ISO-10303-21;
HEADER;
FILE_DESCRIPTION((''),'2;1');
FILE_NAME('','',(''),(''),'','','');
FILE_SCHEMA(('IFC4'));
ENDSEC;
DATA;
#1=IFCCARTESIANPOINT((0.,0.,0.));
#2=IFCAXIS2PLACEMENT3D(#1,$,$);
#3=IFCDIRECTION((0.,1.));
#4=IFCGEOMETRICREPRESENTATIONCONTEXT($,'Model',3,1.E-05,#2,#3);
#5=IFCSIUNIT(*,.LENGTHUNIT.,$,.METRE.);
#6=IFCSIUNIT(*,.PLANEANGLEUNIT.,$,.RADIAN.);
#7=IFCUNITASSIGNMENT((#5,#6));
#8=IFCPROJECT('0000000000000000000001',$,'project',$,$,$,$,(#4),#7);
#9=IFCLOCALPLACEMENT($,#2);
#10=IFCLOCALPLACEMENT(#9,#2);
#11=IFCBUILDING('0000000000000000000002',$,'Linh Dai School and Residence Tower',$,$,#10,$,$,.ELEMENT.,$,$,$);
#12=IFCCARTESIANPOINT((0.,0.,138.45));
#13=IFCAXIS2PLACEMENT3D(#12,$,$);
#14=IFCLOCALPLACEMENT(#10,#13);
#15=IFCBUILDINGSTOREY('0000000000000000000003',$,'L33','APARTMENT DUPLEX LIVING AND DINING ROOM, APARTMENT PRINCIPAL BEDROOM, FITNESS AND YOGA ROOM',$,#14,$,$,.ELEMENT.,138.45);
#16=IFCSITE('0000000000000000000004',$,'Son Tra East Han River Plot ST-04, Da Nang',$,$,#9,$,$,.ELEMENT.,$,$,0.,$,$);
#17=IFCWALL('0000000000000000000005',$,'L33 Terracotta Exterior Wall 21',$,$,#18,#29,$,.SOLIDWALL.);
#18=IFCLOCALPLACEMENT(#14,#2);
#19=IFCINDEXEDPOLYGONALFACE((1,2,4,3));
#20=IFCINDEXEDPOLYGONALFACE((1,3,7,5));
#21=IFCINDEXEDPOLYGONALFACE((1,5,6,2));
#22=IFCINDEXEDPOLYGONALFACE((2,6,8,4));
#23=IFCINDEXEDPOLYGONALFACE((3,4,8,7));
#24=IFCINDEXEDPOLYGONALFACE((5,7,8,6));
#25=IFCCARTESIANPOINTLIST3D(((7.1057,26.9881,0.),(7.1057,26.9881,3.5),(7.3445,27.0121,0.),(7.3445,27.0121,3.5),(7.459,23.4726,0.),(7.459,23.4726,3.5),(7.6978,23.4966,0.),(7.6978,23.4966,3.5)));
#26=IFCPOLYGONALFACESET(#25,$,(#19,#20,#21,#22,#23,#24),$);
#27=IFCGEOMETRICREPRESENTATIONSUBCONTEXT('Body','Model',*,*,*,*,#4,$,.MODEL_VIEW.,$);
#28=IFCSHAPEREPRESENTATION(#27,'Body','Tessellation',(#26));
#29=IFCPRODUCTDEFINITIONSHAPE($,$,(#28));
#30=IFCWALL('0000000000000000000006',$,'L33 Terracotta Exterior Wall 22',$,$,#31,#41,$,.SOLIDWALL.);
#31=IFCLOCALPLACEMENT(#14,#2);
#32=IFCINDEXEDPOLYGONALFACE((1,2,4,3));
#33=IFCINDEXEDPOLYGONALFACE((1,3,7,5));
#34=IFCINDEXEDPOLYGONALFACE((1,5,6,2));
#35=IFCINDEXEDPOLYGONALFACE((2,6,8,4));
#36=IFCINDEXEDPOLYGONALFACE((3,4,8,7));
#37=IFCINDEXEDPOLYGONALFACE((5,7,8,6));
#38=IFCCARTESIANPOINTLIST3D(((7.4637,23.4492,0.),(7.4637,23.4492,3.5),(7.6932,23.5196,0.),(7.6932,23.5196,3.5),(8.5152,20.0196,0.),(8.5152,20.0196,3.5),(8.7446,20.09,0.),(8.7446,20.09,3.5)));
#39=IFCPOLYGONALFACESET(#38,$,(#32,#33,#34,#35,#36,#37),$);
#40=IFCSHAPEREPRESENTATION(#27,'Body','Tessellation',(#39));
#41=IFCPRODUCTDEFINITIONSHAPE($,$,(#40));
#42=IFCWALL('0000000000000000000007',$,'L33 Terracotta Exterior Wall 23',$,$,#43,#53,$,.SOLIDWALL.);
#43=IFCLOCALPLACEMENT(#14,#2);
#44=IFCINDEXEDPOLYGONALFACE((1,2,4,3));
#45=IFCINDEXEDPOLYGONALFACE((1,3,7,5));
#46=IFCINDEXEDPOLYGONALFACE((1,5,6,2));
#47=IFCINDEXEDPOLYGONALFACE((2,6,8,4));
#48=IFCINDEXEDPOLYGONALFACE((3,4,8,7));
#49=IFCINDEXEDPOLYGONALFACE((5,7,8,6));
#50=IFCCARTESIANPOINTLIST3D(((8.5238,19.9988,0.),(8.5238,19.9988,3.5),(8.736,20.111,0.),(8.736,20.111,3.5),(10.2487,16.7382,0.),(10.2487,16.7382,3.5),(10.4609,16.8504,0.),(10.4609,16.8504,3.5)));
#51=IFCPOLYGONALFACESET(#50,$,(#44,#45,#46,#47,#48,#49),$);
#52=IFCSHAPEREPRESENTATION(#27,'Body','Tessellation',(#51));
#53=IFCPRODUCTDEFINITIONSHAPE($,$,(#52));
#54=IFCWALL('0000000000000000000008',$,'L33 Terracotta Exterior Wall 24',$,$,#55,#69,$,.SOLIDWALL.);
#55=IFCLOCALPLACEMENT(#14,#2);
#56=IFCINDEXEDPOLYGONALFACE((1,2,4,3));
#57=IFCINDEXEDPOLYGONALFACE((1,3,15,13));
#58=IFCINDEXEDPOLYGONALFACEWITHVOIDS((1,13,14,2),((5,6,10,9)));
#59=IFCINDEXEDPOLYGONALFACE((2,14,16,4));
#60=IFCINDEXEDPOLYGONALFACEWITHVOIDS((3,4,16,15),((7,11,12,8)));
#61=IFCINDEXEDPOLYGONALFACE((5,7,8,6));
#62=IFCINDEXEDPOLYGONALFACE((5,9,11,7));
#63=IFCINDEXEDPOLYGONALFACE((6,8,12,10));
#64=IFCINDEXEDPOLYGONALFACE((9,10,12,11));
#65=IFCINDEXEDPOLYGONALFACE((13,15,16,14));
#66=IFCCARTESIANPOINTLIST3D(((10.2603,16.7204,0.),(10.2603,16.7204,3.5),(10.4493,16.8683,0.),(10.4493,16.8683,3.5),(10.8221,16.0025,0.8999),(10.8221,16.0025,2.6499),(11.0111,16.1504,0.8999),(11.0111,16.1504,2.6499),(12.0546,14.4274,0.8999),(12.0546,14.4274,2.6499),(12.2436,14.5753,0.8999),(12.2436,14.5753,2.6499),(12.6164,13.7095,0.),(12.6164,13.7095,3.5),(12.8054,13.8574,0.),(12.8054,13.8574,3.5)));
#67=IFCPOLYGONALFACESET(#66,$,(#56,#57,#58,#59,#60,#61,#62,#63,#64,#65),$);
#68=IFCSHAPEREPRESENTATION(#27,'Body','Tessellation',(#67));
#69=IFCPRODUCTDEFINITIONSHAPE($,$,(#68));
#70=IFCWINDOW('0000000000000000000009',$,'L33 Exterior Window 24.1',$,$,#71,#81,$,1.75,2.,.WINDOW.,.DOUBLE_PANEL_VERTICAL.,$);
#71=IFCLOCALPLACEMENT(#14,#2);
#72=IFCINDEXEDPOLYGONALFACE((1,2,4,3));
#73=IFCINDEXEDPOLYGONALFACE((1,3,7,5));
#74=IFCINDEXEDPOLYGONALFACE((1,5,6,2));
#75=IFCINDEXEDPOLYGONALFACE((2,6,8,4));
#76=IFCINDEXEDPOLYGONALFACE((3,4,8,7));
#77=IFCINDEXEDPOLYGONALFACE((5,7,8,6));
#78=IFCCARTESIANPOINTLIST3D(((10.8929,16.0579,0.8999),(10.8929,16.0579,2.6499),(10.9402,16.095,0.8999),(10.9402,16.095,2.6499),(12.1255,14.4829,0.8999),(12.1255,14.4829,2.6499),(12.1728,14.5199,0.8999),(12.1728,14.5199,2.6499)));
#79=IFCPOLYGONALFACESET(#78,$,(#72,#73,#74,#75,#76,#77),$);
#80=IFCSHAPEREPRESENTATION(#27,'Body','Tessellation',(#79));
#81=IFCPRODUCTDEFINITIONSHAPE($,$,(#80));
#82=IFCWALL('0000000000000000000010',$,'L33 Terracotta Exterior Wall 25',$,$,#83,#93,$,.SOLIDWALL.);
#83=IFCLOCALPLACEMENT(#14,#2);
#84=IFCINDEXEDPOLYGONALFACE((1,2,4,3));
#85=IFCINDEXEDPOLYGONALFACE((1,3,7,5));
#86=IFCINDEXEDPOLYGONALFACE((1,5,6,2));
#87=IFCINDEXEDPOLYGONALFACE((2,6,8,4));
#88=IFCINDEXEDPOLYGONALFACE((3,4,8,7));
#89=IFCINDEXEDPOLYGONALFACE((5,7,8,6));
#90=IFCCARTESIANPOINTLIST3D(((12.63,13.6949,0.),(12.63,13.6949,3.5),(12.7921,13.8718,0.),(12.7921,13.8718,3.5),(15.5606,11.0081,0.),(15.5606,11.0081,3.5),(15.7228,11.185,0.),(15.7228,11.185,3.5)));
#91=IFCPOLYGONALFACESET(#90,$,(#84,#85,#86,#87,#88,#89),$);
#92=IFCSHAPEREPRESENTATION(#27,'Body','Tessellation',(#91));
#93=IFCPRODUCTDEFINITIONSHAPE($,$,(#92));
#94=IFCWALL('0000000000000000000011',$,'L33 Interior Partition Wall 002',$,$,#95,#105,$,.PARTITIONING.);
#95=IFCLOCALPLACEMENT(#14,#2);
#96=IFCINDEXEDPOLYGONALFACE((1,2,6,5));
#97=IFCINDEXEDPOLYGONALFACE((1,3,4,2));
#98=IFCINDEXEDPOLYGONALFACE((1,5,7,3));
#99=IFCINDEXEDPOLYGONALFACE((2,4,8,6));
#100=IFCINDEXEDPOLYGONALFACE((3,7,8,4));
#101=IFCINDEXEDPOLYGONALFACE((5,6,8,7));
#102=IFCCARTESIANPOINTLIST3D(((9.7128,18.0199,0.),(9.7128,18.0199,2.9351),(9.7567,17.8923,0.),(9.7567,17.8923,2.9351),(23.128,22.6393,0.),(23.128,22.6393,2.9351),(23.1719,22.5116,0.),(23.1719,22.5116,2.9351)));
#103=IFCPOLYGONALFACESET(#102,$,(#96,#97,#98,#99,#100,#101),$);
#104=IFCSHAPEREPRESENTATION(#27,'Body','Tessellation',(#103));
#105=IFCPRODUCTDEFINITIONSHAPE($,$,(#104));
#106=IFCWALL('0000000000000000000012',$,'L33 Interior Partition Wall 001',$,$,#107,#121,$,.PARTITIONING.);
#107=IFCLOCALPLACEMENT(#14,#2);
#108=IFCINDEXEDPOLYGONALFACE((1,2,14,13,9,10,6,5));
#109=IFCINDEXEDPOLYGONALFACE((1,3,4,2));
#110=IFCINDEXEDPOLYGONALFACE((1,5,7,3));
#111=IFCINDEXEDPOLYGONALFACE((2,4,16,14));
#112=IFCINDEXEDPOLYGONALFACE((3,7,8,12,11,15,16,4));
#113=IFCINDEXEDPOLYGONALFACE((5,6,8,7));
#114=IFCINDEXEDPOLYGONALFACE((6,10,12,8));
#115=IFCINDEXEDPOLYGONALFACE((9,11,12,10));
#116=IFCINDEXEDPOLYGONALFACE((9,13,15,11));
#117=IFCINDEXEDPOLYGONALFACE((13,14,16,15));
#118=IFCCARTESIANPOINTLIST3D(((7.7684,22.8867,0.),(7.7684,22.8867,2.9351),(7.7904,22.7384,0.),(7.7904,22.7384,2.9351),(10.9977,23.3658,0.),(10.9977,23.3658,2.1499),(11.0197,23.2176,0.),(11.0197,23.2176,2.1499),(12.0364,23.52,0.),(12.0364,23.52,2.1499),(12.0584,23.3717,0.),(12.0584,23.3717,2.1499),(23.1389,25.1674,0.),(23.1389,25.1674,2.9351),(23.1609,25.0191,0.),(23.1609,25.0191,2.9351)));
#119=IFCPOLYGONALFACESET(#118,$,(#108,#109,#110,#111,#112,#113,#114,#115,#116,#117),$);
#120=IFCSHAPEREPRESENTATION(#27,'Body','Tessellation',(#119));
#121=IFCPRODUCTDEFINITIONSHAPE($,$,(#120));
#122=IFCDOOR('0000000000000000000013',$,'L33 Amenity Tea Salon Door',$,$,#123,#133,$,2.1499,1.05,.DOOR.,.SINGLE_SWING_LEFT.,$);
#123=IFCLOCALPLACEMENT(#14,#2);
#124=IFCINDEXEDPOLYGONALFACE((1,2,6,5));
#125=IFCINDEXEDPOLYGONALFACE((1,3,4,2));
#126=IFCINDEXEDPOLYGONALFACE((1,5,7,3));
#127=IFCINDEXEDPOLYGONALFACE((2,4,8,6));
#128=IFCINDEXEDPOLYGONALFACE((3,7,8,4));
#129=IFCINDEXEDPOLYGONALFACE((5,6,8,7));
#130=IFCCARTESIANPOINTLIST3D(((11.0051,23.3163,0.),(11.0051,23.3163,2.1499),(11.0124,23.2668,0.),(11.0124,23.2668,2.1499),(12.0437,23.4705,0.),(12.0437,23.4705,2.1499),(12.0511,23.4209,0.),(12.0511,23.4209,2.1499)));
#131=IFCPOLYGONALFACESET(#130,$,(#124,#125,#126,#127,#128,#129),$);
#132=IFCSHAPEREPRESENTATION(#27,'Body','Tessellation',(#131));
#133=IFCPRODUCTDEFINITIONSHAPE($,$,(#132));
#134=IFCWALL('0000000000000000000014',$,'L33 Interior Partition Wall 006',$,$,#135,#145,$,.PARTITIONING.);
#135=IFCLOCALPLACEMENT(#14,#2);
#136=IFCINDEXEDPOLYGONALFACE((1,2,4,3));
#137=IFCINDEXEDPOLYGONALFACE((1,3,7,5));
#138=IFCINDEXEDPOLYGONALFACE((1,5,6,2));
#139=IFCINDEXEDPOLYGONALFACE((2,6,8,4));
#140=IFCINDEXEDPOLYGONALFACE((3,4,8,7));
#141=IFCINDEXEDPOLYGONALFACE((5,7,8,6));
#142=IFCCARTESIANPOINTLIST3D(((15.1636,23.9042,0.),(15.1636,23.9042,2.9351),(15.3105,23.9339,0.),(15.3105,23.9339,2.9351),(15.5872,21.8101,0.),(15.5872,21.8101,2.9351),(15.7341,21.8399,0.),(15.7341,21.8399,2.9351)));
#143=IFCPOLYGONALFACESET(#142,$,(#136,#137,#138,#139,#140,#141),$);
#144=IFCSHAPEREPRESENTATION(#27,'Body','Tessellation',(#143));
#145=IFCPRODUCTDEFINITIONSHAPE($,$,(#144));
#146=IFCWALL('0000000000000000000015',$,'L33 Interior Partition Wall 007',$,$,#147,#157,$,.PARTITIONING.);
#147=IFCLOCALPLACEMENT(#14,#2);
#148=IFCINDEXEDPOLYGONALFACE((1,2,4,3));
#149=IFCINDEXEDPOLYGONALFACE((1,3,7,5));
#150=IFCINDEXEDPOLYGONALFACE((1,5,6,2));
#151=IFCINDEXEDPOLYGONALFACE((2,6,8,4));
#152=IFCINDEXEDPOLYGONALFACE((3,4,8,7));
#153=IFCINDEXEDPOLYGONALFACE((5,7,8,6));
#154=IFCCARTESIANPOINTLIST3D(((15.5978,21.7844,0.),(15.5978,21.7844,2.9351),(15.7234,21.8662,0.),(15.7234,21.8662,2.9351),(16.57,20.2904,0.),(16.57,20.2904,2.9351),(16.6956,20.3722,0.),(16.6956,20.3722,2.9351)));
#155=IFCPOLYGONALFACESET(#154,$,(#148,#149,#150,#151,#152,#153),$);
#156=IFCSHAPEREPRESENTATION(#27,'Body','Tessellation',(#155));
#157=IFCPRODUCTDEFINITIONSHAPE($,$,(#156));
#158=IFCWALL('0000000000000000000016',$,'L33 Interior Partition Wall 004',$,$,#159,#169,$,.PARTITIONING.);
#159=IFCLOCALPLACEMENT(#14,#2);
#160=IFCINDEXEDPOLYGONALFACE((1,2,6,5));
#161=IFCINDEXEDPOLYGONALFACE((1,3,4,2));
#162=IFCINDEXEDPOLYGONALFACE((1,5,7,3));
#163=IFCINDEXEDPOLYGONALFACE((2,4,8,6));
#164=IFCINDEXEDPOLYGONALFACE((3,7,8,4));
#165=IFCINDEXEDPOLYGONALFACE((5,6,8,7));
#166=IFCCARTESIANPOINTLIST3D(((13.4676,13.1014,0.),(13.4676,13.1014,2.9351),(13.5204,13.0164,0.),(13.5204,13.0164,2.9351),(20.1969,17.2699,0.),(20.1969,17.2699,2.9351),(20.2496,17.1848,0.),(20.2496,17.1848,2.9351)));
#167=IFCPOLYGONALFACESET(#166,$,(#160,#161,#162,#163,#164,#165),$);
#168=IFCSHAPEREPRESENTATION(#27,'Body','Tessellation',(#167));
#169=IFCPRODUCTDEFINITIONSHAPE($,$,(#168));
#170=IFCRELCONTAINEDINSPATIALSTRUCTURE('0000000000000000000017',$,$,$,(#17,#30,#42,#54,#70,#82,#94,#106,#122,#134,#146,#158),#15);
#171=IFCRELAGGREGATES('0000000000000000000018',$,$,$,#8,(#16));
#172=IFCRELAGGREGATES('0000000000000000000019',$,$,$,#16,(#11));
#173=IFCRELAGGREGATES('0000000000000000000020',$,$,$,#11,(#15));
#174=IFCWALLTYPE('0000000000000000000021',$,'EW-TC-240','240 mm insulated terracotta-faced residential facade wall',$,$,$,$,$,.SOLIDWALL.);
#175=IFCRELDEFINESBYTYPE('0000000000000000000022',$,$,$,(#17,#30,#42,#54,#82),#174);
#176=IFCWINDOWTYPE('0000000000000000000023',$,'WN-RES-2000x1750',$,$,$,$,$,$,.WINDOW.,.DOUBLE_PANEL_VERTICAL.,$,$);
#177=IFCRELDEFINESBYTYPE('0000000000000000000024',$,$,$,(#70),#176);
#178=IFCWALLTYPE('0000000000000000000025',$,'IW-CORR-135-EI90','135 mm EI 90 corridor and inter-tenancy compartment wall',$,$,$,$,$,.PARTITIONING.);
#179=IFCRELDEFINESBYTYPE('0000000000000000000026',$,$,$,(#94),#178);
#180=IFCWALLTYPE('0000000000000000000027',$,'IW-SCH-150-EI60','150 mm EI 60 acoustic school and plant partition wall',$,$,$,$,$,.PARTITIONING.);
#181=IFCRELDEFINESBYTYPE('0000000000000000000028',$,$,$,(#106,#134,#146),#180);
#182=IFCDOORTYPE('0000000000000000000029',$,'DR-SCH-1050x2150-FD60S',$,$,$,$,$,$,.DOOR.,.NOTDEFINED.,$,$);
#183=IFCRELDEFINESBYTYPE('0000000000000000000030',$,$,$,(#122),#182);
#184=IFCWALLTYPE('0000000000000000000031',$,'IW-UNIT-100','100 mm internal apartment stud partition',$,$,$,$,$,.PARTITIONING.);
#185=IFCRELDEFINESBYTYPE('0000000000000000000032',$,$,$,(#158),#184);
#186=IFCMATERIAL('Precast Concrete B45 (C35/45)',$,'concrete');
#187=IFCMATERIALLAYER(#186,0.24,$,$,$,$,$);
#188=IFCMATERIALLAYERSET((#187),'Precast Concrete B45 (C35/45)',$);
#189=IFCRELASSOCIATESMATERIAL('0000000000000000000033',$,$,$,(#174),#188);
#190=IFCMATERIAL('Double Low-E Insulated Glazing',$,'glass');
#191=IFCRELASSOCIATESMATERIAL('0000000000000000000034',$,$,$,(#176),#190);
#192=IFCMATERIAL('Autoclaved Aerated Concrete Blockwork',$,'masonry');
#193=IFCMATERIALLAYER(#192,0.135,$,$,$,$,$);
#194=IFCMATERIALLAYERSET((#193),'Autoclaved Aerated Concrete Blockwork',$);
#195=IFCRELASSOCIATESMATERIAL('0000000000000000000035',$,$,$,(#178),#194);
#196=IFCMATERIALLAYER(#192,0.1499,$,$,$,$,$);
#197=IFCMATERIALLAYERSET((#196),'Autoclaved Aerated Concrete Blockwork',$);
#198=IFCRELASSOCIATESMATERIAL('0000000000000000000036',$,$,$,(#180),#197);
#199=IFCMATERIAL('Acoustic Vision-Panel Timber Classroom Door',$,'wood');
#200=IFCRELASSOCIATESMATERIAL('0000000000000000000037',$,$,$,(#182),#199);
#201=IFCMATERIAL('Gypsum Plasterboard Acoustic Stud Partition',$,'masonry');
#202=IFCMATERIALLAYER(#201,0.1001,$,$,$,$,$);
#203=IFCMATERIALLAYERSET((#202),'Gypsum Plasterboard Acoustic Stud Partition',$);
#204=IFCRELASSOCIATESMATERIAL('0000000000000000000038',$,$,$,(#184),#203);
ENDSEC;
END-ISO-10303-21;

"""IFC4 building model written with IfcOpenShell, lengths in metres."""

from ifc_helpers import new_model, si_unit, direction, frame, frame_2d, origin, origin_2d, place, context, subcontext, project, spatial, rectangle, extrude, source, transform, mapped, material, layer, layer_set, type_object, element, fill, save


model = new_model("IFC4")

# Units and contexts
model_context = context("Model", 3, precision=1e-05, world=origin(), true_north=direction((0.0, 1.0)))
body_context = subcontext(model_context, "Body", "Model", "MODEL_VIEW")
ifc_project = project(units=[si_unit("LENGTHUNIT", "METRE"), si_unit("PLANEANGLEUNIT", "RADIAN")], contexts=[model_context])

# Site, building, storey
site_placement = place(None, origin())
site = spatial("IfcSite", under=ifc_project, at=site_placement, Name="Son Tra East Han River Plot ST-04, Da Nang", CompositionType="ELEMENT", RefElevation=0.0)
building_placement = place(site_placement, origin())
building = spatial("IfcBuilding", under=site, at=building_placement, Name="Linh Dai School and Residence Tower", CompositionType="ELEMENT")
storey_placement = place(building_placement, frame((0.0, 0.0, 138.45)))
storey = spatial("IfcBuildingStorey", under=building, at=storey_placement, Name="L33", Description="APARTMENT DUPLEX LIVING AND DINING ROOM, APARTMENT PRINCIPAL BEDROOM, FITNESS AND YOGA ROOM", CompositionType="ELEMENT", Elevation=138.45)

# Shared definitions
ifc_material_1 = material(Name="Precast Concrete B45 (C35/45)", Category="concrete")

# Walls
ifc_layer_1 = layer(ifc_material_1, 0.24)
ifc_layer_set_1 = layer_set([ifc_layer_1], Name="Precast Concrete B45 (C35/45)")
wall_type_1 = type_object("IfcWallType", Name="EW-TC-240", Description="240 mm insulated terracotta-faced residential facade wall", PredefinedType="SOLIDWALL", material=ifc_layer_set_1)
wall_1_placement = place(storey_placement, frame((7.5784, 23.4846, 0.0), z_axis=(0.0, 0.0, 1.0), x_axis=(-0.099989, 0.994988, 0.0)))
element("IfcWall", 1, at=wall_1_placement, inside=storey, type_object=wall_type_1, Name="L33 Terracotta Exterior Wall 21", PredefinedType="SOLIDWALL", context=body_context, shape_type="SweptSolid", body=[
    extrude(rectangle(XDim=3.5332, YDim=0.24, at=frame_2d((1.7666, 0.0))), origin(), (0.0, 0.0, 1.0), 3.5),
])
wall_2_placement = place(storey_placement, frame((8.6299, 20.0549, 0.0), z_axis=(0.0, 0.0, 1.0), x_axis=(-0.293124, 0.956074, 0.0)))
element("IfcWall", 2, at=wall_2_placement, inside=storey, type_object=wall_type_1, Name="L33 Terracotta Exterior Wall 22", PredefinedType="SOLIDWALL", context=body_context, shape_type="SweptSolid", body=[
    extrude(rectangle(XDim=3.5872, YDim=0.24, at=frame_2d((1.7935, 0.0))), origin(), (0.0, 0.0, 1.0), 3.5),
])
wall_3_placement = place(storey_placement, frame((10.3547, 16.7944, 0.0), z_axis=(0.0, 0.0, 1.0), x_axis=(-0.467614, 0.883933, 0.0)))
element("IfcWall", 3, at=wall_3_placement, inside=storey, type_object=wall_type_1, Name="L33 Terracotta Exterior Wall 23", PredefinedType="SOLIDWALL", context=body_context, shape_type="SweptSolid", body=[
    extrude(rectangle(XDim=3.6887, YDim=0.24, at=frame_2d((1.8442, 0.0))), origin(), (0.0, 0.0, 1.0), 3.5),
])

# Wall, opening, window
wall_4_placement = place(storey_placement, frame((12.7109, 13.7834, 0.0), z_axis=(0.0, 0.0, 1.0), x_axis=(-0.616272, 0.787533, 0.0)))
wall_4 = element("IfcWall", 4, at=wall_4_placement, inside=storey, type_object=wall_type_1, Name="L33 Terracotta Exterior Wall 24", PredefinedType="SOLIDWALL", context=body_context, shape_type="SweptSolid", body=[
    extrude(rectangle(XDim=3.8232, YDim=0.24, at=frame_2d((1.9116, 0.0))), origin(), (0.0, 0.0, 1.0), 3.5),
])
opening_1_placement = place(wall_4_placement, frame((0.9116, 0.0, 0.8999)))
opening_1 = element("IfcOpeningElement", 5, at=opening_1_placement, cuts=wall_4, PredefinedType="OPENING", context=body_context, shape_type="SweptSolid", body=[
    extrude(rectangle(XDim=2.0, YDim=1.75, at=origin_2d()), frame((1.0, 0.1299, 0.875), z_axis=(0.0, -1.0, 0.0), x_axis=(1.0, 0.0, 0.0)), (0.0, 0.0, 1.0), 0.26),
])
ifc_material_2 = material(Name="Double Low-E Insulated Glazing", Category="glass")
window_type = type_object("IfcWindowType", Name="WN-RES-2000x1750", PartitioningType="DOUBLE_PANEL_VERTICAL", PredefinedType="WINDOW", material=ifc_material_2)
shared_shape_1 = source(origin(), body_context, "Body", "SweptSolid", [
    extrude(rectangle(XDim=2.0, YDim=1.75, at=origin_2d()), frame((1.0, 0.03, 0.875), z_axis=(0.0, -1.0, 0.0), x_axis=(1.0, 0.0, 0.0)), (0.0, 0.0, 1.0), 0.0601),
])
window_placement = place(opening_1_placement, origin())
window = element("IfcWindow", 6, at=window_placement, inside=storey, type_object=window_type, Name="L33 Exterior Window 24.1", OverallHeight=1.75, OverallWidth=2.0, PartitioningType="DOUBLE_PANEL_VERTICAL", PredefinedType="WINDOW", context=body_context, shape_type="MappedRepresentation", body=[
    mapped(shared_shape_1, transform((0.0, 0.0, 0.0), x_axis=(1.0, 0.0, 0.0), y_axis=(0.0, 1.0, 0.0), z_axis=(0.0, 0.0, 1.0), scale=1.0)),
])
fill(opening_1, window)

# Walls
wall_5_placement = place(storey_placement, frame((15.6416, 11.0967, 0.0), z_axis=(0.0, 0.0, 1.0), x_axis=(-0.737113, 0.675769, 0.0)))
element("IfcWall", 7, at=wall_5_placement, inside=storey, type_object=wall_type_1, Name="L33 Terracotta Exterior Wall 25", PredefinedType="SOLIDWALL", context=body_context, shape_type="SweptSolid", body=[
    extrude(rectangle(XDim=3.9758, YDim=0.24, at=frame_2d((1.9878, 0.0))), origin(), (0.0, 0.0, 1.0), 3.5),
])
ifc_material_3 = material(Name="Autoclaved Aerated Concrete Blockwork", Category="masonry")
ifc_layer_2 = layer(ifc_material_3, 0.135)
ifc_layer_set_2 = layer_set([ifc_layer_2], Name="Autoclaved Aerated Concrete Blockwork")
wall_type_2 = type_object("IfcWallType", Name="IW-CORR-135-EI90", Description="135 mm EI 90 corridor and inter-tenancy compartment wall", PredefinedType="PARTITIONING", material=ifc_layer_set_2)
wall_6_placement = place(storey_placement, frame((9.7346, 17.9561, 0.0), z_axis=(0.0, 0.0, 1.0), x_axis=(0.945516, 0.325576, 0.0)))
element("IfcWall", 8, at=wall_6_placement, inside=storey, type_object=wall_type_2, Name="L33 Interior Partition Wall 002", PredefinedType="PARTITIONING", context=body_context, shape_type="SweptSolid", body=[
    extrude(rectangle(XDim=14.1882, YDim=0.135, at=frame_2d((7.0942, 0.0))), origin(), (0.0, 0.0, 1.0), 2.9351),
])

# Wall, opening, door
ifc_layer_3 = layer(ifc_material_3, 0.1499)
ifc_layer_set_3 = layer_set([ifc_layer_3], Name="Autoclaved Aerated Concrete Blockwork")
wall_type_3 = type_object("IfcWallType", Name="IW-SCH-150-EI60", Description="150 mm EI 60 acoustic school and plant partition wall", PredefinedType="PARTITIONING", material=ifc_layer_set_3)
wall_7_placement = place(storey_placement, frame((7.7793, 22.8125, 0.0), z_axis=(0.0, 0.0, 1.0), x_axis=(0.98917, 0.146778, 0.0)))
wall_7 = element("IfcWall", 9, at=wall_7_placement, inside=storey, type_object=wall_type_3, Name="L33 Interior Partition Wall 001", PredefinedType="PARTITIONING", context=body_context, shape_type="SweptSolid", body=[
    extrude(rectangle(XDim=15.5388, YDim=0.1499, at=frame_2d((7.7695, 0.0))), origin(), (0.0, 0.0, 1.0), 2.9351),
])
opening_2_placement = place(wall_7_placement, frame((3.2649, 0.0, 0.0)))
opening_2 = element("IfcOpeningElement", 10, at=opening_2_placement, cuts=wall_7, PredefinedType="OPENING", context=body_context, shape_type="SweptSolid", body=[
    extrude(rectangle(XDim=1.05, YDim=2.1499, at=origin_2d()), frame((0.5249, 0.085, 1.075), z_axis=(0.0, -1.0, 0.0), x_axis=(1.0, 0.0, 0.0)), (0.0, 0.0, 1.0), 0.1699),
])
ifc_material_4 = material(Name="Acoustic Vision-Panel Timber Classroom Door", Category="wood")
door_type = type_object("IfcDoorType", Name="DR-SCH-1050x2150-FD60S", OperationType="NOTDEFINED", PredefinedType="DOOR", material=ifc_material_4)
shared_shape_2 = source(origin(), body_context, "Body", "SweptSolid", [
    extrude(rectangle(XDim=1.05, YDim=2.1499, at=origin_2d()), frame((0.5249, 0.0249, 1.075), z_axis=(0.0, -1.0, 0.0), x_axis=(1.0, 0.0, 0.0)), (0.0, 0.0, 1.0), 0.05),
])
door_placement = place(opening_2_placement, origin())
door = element("IfcDoor", 11, at=door_placement, inside=storey, type_object=door_type, Name="L33 Amenity Tea Salon Door", OperationType="SINGLE_SWING_LEFT", OverallHeight=2.1499, OverallWidth=1.05, PredefinedType="DOOR", context=body_context, shape_type="MappedRepresentation", body=[
    mapped(shared_shape_2, transform((0.0, 0.0, 0.0), x_axis=(1.0, 0.0, 0.0), y_axis=(0.0, 1.0, 0.0), z_axis=(0.0, 0.0, 1.0), scale=1.0)),
])
fill(opening_2, door)

# Walls
wall_8_placement = place(storey_placement, frame((15.2371, 23.9192, 0.0), z_axis=(0.0, 0.0, 1.0), x_axis=(0.198269, -0.980148, 0.0)))
element("IfcWall", 12, at=wall_8_placement, inside=storey, type_object=wall_type_3, Name="L33 Interior Partition Wall 006", PredefinedType="PARTITIONING", context=body_context, shape_type="SweptSolid", body=[
    extrude(rectangle(XDim=2.1365, YDim=0.1499, at=frame_2d((1.0684, 0.0))), origin(), (0.0, 0.0, 1.0), 2.9351),
])
wall_9_placement = place(storey_placement, frame((15.6606, 21.8252, 0.0), z_axis=(0.0, 0.0, 1.0), x_axis=(0.545436, -0.838152, 0.0)))
element("IfcWall", 13, at=wall_9_placement, inside=storey, type_object=wall_type_3, Name="L33 Interior Partition Wall 007", PredefinedType="PARTITIONING", context=body_context, shape_type="SweptSolid", body=[
    extrude(rectangle(XDim=1.7825, YDim=0.1499, at=frame_2d((0.8911, 0.0))), origin(), (0.0, 0.0, 1.0), 2.9351),
])
ifc_material_5 = material(Name="Gypsum Plasterboard Acoustic Stud Partition", Category="masonry")
ifc_layer_4 = layer(ifc_material_5, 0.1001)
ifc_layer_set_4 = layer_set([ifc_layer_4], Name="Gypsum Plasterboard Acoustic Stud Partition")
wall_type_4 = type_object("IfcWallType", Name="IW-UNIT-100", Description="100 mm internal apartment stud partition", PredefinedType="PARTITIONING", material=ifc_layer_set_4)
wall_10_placement = place(storey_placement, frame((13.4939, 13.0588, 0.0), z_axis=(0.0, 0.0, 1.0), x_axis=(0.850111, 0.526604, 0.0)))
element("IfcWall", 14, at=wall_10_placement, inside=storey, type_object=wall_type_4, Name="L33 Interior Partition Wall 004", PredefinedType="PARTITIONING", context=body_context, shape_type="SweptSolid", body=[
    extrude(rectangle(XDim=7.9158, YDim=0.1001, at=frame_2d((3.958, 0.0))), origin(), (0.0, 0.0, 1.0), 2.9351),
])

save(model, "model.ifc")
